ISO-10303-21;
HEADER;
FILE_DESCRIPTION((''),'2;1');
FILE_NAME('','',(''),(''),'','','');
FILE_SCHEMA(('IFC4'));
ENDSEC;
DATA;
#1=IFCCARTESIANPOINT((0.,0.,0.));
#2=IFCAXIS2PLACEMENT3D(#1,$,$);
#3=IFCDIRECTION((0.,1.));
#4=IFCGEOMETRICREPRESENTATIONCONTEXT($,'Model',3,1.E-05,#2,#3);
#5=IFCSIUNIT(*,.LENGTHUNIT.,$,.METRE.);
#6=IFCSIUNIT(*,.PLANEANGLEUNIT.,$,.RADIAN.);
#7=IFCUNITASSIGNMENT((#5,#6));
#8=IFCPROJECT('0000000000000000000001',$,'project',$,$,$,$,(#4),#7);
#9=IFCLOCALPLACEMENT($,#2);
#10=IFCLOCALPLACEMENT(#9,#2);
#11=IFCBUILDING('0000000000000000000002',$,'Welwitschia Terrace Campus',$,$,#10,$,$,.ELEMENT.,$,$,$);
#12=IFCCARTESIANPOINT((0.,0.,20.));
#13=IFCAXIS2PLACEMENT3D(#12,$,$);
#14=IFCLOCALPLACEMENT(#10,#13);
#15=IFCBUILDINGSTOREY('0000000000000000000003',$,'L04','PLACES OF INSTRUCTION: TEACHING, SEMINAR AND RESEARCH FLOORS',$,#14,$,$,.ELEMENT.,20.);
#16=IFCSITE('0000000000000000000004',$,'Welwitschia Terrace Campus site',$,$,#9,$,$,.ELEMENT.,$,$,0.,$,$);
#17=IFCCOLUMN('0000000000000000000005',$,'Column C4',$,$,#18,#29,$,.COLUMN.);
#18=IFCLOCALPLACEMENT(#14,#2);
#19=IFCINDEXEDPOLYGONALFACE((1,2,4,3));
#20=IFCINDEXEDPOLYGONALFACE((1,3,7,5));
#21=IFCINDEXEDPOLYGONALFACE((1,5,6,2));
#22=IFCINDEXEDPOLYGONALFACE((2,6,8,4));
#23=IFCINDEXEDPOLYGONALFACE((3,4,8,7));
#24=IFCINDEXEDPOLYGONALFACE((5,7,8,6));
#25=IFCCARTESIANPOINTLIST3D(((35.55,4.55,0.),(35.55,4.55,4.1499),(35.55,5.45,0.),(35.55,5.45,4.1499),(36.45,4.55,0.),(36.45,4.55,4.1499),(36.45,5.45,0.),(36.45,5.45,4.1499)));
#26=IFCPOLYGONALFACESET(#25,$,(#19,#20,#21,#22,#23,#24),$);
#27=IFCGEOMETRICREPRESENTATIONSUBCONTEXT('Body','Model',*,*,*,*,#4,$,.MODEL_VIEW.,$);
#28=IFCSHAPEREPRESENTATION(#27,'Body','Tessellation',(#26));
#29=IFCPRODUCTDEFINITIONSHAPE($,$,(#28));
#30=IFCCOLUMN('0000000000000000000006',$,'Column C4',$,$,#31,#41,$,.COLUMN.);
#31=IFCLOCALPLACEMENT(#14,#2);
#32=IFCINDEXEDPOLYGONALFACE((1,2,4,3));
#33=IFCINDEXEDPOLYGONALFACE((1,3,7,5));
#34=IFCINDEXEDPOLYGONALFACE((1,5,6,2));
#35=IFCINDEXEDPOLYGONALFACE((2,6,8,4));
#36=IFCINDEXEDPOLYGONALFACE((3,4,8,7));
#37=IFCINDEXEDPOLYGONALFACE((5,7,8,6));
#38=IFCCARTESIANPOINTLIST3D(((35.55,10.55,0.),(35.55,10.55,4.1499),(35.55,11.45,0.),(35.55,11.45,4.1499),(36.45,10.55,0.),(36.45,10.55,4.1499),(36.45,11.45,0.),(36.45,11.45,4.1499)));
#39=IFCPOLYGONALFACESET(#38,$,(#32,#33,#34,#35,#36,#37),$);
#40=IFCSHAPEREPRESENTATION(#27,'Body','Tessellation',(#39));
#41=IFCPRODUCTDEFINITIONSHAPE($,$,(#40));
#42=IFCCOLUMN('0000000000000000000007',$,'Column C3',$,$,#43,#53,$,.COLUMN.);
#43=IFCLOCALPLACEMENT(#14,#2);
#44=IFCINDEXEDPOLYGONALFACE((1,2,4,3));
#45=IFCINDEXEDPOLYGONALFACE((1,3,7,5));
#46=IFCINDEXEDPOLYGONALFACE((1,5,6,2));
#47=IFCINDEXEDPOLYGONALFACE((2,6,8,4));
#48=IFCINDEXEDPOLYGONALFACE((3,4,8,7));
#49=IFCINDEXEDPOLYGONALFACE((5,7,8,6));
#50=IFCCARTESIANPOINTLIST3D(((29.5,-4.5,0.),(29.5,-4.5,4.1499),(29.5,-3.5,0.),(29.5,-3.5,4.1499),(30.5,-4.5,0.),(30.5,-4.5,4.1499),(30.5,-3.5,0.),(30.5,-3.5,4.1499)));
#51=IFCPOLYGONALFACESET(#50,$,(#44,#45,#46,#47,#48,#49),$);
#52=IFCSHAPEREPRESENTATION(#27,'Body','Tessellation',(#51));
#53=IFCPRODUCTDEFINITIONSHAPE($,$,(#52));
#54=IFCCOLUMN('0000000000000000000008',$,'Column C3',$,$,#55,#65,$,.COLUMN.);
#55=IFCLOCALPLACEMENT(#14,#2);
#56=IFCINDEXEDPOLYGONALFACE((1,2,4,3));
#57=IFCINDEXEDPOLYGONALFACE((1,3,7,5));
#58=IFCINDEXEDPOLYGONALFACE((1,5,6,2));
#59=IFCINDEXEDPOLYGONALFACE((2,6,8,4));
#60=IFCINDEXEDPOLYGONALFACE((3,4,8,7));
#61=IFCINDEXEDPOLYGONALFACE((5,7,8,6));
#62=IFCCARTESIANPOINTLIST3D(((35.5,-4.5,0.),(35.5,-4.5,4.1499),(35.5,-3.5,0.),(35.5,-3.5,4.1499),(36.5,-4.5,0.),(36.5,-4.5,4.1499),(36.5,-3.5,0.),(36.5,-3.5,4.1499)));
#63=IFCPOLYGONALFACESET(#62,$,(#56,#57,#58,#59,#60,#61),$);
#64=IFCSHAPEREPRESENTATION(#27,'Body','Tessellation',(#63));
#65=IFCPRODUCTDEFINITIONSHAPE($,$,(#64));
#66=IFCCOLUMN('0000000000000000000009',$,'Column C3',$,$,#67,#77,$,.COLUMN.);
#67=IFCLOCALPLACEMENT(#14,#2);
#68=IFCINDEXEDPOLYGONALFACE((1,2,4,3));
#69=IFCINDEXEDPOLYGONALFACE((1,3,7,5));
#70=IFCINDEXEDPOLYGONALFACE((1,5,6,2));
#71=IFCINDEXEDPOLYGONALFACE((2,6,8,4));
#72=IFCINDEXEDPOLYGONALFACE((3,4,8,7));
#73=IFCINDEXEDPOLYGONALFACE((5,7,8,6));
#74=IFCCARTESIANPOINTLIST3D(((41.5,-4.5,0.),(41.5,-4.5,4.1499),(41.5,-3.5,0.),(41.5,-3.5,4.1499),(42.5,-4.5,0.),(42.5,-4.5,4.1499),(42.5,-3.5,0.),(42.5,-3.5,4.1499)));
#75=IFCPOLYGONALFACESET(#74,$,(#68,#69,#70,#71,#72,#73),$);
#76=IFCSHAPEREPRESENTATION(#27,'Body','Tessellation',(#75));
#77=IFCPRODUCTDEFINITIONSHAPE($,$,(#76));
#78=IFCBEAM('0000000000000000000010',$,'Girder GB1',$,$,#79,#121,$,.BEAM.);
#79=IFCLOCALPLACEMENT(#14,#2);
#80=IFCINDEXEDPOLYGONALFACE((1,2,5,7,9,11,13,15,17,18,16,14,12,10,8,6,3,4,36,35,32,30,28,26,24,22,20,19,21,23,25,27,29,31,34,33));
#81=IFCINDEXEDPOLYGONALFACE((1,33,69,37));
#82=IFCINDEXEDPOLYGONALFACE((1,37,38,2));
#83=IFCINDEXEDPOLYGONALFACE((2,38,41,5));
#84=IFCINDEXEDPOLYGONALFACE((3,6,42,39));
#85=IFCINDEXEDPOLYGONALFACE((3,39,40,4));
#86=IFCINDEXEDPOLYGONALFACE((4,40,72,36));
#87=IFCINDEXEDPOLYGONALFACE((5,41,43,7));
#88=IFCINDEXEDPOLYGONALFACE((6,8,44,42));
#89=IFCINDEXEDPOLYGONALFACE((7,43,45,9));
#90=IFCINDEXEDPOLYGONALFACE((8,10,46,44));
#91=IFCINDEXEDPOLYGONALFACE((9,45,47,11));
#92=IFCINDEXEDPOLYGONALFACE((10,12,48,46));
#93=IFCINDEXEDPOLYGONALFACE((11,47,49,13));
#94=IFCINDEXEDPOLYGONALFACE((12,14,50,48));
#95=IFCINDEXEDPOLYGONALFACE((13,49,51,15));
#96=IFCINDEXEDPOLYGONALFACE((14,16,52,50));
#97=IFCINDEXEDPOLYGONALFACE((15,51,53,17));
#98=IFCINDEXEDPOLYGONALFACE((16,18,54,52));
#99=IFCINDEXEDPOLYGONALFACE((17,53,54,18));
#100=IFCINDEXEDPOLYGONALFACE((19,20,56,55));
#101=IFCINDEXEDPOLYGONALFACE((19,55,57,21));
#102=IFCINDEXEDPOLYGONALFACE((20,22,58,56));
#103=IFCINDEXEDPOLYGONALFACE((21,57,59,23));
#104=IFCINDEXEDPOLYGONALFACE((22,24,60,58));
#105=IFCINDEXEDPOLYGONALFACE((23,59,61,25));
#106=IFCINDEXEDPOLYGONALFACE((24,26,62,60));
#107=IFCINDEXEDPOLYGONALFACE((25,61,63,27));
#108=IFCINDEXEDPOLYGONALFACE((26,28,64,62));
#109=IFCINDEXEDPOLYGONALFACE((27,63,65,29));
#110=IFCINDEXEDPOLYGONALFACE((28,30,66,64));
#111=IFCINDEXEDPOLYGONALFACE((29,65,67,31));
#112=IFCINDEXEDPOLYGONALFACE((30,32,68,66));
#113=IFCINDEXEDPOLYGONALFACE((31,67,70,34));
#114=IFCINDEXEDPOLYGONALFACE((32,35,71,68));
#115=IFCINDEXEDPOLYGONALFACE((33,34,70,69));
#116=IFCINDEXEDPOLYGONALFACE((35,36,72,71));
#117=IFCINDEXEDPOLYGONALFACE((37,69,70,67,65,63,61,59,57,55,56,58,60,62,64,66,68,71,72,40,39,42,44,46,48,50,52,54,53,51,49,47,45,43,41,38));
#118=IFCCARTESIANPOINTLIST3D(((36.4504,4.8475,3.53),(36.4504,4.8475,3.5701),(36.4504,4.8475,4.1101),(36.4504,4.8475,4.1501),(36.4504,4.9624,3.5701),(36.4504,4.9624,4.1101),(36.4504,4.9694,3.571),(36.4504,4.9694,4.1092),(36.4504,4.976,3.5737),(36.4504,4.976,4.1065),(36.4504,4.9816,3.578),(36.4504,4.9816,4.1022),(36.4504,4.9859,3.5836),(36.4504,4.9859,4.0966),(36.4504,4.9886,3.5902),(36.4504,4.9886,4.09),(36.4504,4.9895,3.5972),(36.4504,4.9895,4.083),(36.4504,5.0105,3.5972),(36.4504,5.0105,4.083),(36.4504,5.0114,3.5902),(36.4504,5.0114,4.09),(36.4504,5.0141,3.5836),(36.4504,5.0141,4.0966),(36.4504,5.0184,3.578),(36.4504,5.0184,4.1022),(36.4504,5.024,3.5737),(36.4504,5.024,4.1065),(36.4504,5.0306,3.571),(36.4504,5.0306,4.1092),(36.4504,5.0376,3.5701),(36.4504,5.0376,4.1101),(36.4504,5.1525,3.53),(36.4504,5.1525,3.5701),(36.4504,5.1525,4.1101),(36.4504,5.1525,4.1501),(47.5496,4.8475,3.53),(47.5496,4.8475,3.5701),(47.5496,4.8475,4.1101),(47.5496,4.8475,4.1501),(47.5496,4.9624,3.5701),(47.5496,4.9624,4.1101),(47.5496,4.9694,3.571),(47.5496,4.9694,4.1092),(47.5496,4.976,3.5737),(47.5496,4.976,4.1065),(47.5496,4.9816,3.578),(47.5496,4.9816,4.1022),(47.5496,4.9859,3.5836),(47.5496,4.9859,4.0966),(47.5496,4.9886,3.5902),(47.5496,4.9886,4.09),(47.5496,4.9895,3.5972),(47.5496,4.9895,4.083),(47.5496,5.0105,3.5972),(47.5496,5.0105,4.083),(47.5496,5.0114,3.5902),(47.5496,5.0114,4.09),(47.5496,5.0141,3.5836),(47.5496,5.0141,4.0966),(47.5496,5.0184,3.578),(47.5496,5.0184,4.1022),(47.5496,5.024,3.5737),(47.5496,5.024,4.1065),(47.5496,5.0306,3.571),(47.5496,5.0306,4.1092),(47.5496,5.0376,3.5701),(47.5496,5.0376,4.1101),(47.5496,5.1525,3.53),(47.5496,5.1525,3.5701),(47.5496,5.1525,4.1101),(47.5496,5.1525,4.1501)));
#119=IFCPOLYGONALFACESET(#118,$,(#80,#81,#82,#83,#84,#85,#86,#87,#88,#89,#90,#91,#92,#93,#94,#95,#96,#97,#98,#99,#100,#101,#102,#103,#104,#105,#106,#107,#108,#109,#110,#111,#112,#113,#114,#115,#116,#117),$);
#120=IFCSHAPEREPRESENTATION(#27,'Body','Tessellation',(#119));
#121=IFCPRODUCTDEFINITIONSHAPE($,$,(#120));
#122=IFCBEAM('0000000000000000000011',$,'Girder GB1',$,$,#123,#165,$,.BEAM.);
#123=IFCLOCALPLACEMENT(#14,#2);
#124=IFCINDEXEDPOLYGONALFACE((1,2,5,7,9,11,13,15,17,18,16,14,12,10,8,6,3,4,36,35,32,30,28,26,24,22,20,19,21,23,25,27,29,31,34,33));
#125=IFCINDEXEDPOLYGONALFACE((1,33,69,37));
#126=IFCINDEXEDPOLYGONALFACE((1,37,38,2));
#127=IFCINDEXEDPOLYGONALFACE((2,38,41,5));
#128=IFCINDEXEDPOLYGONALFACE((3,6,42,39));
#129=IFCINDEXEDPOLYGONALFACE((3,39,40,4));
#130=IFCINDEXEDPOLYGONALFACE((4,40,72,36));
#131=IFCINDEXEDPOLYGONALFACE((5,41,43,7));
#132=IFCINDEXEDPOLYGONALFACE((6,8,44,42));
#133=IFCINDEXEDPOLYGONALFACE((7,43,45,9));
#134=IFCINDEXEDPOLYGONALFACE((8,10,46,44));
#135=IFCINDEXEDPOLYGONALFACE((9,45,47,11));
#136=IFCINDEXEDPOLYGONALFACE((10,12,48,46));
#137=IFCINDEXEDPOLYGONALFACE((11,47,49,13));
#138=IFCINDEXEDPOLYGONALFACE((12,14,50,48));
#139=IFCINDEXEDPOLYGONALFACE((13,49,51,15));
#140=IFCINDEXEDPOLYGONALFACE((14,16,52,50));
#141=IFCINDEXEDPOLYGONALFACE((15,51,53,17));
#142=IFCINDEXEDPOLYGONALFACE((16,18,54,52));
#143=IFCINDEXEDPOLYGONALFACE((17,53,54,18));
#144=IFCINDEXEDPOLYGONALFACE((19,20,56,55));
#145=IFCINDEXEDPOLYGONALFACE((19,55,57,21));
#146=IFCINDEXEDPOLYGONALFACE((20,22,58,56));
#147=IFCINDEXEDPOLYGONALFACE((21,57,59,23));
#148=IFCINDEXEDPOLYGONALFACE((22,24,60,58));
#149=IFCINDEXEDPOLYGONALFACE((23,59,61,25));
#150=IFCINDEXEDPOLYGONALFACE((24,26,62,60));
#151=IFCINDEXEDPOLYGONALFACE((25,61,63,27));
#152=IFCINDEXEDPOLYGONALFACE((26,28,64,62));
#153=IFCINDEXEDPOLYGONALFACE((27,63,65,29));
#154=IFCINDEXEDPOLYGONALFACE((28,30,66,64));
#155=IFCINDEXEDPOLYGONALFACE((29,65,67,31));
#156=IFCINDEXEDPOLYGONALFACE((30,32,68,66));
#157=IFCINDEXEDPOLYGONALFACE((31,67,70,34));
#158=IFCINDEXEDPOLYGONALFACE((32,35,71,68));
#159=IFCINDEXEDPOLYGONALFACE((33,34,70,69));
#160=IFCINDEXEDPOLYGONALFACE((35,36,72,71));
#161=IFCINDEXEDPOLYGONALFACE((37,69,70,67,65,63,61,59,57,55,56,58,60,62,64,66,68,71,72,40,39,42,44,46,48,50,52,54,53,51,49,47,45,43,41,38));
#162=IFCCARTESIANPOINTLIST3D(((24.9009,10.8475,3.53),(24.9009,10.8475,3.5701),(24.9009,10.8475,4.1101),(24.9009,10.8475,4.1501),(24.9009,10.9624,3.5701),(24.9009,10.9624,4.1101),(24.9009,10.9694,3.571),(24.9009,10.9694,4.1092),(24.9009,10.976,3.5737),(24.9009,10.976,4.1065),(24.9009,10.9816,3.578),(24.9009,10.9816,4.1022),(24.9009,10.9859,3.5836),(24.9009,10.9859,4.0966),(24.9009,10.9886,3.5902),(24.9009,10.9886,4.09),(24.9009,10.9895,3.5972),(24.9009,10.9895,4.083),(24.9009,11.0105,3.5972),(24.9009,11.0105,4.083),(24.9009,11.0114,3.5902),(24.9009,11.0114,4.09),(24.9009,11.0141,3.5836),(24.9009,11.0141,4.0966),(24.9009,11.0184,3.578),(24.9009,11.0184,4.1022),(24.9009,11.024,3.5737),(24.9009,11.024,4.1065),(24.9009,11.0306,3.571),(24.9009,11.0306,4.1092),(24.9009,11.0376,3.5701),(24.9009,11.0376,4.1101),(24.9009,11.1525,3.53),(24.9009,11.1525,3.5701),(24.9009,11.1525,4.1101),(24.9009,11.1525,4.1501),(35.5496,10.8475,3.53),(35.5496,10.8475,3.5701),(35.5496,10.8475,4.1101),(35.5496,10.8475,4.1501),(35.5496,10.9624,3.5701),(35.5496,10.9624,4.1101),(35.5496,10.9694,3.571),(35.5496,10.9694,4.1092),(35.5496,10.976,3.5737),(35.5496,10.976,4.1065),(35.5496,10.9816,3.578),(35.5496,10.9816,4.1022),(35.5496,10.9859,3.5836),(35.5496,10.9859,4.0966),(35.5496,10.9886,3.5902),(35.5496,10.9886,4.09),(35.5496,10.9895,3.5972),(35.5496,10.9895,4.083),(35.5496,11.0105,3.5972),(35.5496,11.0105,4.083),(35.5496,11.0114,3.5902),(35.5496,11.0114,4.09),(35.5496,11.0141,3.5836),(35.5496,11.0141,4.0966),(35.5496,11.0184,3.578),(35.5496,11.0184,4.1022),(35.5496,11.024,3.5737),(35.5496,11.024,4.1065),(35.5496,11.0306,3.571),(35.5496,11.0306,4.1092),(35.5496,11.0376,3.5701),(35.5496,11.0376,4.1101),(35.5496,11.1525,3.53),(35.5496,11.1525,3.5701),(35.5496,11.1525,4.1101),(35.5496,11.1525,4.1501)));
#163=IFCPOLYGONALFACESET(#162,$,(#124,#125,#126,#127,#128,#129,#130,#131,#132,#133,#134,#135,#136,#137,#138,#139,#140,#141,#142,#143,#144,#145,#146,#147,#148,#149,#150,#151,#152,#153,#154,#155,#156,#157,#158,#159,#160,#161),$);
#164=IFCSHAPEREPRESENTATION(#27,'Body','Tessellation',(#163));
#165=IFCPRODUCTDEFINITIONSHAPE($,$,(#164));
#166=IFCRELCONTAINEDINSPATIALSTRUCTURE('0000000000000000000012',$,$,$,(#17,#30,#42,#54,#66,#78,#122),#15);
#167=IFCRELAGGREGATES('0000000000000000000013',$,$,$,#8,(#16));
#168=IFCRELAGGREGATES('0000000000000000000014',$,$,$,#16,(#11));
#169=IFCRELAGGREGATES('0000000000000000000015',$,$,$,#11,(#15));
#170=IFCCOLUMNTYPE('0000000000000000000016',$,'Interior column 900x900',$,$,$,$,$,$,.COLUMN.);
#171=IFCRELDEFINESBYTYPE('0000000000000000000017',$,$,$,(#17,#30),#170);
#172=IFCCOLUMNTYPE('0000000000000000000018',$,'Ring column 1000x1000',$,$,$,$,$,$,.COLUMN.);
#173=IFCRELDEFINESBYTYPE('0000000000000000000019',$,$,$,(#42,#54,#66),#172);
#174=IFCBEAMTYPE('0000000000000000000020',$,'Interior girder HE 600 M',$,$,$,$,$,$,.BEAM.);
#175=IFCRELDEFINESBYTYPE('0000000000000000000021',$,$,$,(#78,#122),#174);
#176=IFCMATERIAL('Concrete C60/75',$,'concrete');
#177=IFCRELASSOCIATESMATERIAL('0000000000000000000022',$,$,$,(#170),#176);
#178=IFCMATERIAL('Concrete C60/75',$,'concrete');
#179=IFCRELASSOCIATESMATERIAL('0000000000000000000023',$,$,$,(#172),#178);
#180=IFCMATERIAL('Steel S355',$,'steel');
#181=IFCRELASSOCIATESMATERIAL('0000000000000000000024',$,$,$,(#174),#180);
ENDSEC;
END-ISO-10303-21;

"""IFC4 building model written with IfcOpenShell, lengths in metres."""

from ifc_helpers import new_model, si_unit, direction, frame, origin, origin_2d, place, context, subcontext, project, spatial, rectangle, i_section, extrude, material, material_profile, profile_set, type_object, element, save


model = new_model("IFC4")

# Units and contexts
model_context = context("Model", 3, precision=1e-05, world=origin(), true_north=direction((0.0, 1.0)))
body_context = subcontext(model_context, "Body", "Model", "MODEL_VIEW")
ifc_project = project(units=[si_unit("LENGTHUNIT", "METRE"), si_unit("PLANEANGLEUNIT", "RADIAN")], contexts=[model_context])

# Site, building, storey
site_placement = place(None, origin())
site = spatial("IfcSite", under=ifc_project, at=site_placement, Name="Welwitschia Terrace Campus site", CompositionType="ELEMENT", RefElevation=0.0)
building_placement = place(site_placement, origin())
building = spatial("IfcBuilding", under=site, at=building_placement, Name="Welwitschia Terrace Campus", CompositionType="ELEMENT")
storey_placement = place(building_placement, frame((0.0, 0.0, 20.0)))
storey = spatial("IfcBuildingStorey", under=building, at=storey_placement, Name="L04", Description="PLACES OF INSTRUCTION: TEACHING, SEMINAR AND RESEARCH FLOORS", CompositionType="ELEMENT", Elevation=20.0)

# Columns
ifc_material_1 = material(Name="Concrete C60/75", Category="concrete")
ifc_material_profile_1 = material_profile(ifc_material_1, rectangle(XDim=0.8999, YDim=0.8999, at=origin_2d()))
ifc_profile_set_1 = profile_set([ifc_material_profile_1], Name="Concrete C60/75")
column_type_1 = type_object("IfcColumnType", Name="Interior column 900x900", PredefinedType="COLUMN", material=ifc_profile_set_1)
for number, where, z_axis, x_axis, name in (
    (1, (36.0, 5.0, 0.0), (0.0, 0.0, 1.0), (1.0, 0.0, 0.0), "Column C4"),
    (2, (36.0, 11.0, 0.0), (0.0, 0.0, 1.0), (1.0, 0.0, 0.0), "Column C4"),
):
    element("IfcColumn", number, at=place(storey_placement, frame(where, z_axis=z_axis, x_axis=x_axis)), inside=storey, type_object=column_type_1, Name=name, PredefinedType="COLUMN", context=body_context, shape_type="SweptSolid", body=[
        extrude(rectangle(XDim=0.8999, YDim=0.8999, at=origin_2d()), origin(), (0.0, 0.0, 1.0), 4.1499),
    ])
ifc_material_2 = material(Name="Concrete C60/75", Category="concrete")
ifc_material_profile_2 = material_profile(ifc_material_2, rectangle(XDim=1.0, YDim=1.0, at=origin_2d()))
ifc_profile_set_2 = profile_set([ifc_material_profile_2], Name="Concrete C60/75")
column_type_2 = type_object("IfcColumnType", Name="Ring column 1000x1000", PredefinedType="COLUMN", material=ifc_profile_set_2)
for number, where, z_axis, x_axis, name in (
    (3, (30.0, -4.0, 0.0), (0.0, 0.0, 1.0), (1.0, 0.0, 0.0), "Column C3"),
    (4, (36.0, -4.0, 0.0), (0.0, 0.0, 1.0), (1.0, 0.0, 0.0), "Column C3"),
    (5, (42.0, -4.0, 0.0), (0.0, 0.0, 1.0), (1.0, 0.0, 0.0), "Column C3"),
):
    element("IfcColumn", number, at=place(storey_placement, frame(where, z_axis=z_axis, x_axis=x_axis)), inside=storey, type_object=column_type_2, Name=name, PredefinedType="COLUMN", context=body_context, shape_type="SweptSolid", body=[
        extrude(rectangle(XDim=1.0, YDim=1.0, at=origin_2d()), origin(), (0.0, 0.0, 1.0), 4.1499),
    ])

# Beams
ifc_material_3 = material(Name="Steel S355", Category="steel")
ifc_material_profile_3 = material_profile(ifc_material_3, i_section(OverallWidth=0.3049, OverallDepth=0.6201, WebThickness=0.021, FlangeThickness=0.04, FilletRadius=0.0271, at=origin_2d()))
ifc_profile_set_3 = profile_set([ifc_material_profile_3], Name="Steel S355")
beam_type_1 = type_object("IfcBeamType", Name="Interior girder HE 600 M", PredefinedType="BEAM", material=ifc_profile_set_3)
beam_1_placement = place(storey_placement, frame((36.4504, 5.0, 3.8401), z_axis=(1.0, 0.0, 0.0), x_axis=(0.0, 1.0, 0.0)))
element("IfcBeam", 6, at=beam_1_placement, inside=storey, type_object=beam_type_1, Name="Girder GB1", PredefinedType="BEAM", context=body_context, shape_type="SweptSolid", body=[
    extrude(i_section(OverallWidth=0.3049, OverallDepth=0.6201, WebThickness=0.021, FlangeThickness=0.04, FilletRadius=0.0271, at=origin_2d()), origin(), (0.0, 0.0, 1.0), 11.0991),
])
beam_2_placement = place(storey_placement, frame((24.9009, 11.0, 3.8401), z_axis=(1.0, 0.0, 0.0), x_axis=(0.0, 1.0, 0.0)))
element("IfcBeam", 7, at=beam_2_placement, inside=storey, type_object=beam_type_1, Name="Girder GB1", PredefinedType="BEAM", context=body_context, shape_type="SweptSolid", body=[
    extrude(i_section(OverallWidth=0.3049, OverallDepth=0.6201, WebThickness=0.021, FlangeThickness=0.04, FilletRadius=0.0271, at=origin_2d()), origin(), (0.0, 0.0, 1.0), 10.6487),
])

save(model, "model.ifc")
